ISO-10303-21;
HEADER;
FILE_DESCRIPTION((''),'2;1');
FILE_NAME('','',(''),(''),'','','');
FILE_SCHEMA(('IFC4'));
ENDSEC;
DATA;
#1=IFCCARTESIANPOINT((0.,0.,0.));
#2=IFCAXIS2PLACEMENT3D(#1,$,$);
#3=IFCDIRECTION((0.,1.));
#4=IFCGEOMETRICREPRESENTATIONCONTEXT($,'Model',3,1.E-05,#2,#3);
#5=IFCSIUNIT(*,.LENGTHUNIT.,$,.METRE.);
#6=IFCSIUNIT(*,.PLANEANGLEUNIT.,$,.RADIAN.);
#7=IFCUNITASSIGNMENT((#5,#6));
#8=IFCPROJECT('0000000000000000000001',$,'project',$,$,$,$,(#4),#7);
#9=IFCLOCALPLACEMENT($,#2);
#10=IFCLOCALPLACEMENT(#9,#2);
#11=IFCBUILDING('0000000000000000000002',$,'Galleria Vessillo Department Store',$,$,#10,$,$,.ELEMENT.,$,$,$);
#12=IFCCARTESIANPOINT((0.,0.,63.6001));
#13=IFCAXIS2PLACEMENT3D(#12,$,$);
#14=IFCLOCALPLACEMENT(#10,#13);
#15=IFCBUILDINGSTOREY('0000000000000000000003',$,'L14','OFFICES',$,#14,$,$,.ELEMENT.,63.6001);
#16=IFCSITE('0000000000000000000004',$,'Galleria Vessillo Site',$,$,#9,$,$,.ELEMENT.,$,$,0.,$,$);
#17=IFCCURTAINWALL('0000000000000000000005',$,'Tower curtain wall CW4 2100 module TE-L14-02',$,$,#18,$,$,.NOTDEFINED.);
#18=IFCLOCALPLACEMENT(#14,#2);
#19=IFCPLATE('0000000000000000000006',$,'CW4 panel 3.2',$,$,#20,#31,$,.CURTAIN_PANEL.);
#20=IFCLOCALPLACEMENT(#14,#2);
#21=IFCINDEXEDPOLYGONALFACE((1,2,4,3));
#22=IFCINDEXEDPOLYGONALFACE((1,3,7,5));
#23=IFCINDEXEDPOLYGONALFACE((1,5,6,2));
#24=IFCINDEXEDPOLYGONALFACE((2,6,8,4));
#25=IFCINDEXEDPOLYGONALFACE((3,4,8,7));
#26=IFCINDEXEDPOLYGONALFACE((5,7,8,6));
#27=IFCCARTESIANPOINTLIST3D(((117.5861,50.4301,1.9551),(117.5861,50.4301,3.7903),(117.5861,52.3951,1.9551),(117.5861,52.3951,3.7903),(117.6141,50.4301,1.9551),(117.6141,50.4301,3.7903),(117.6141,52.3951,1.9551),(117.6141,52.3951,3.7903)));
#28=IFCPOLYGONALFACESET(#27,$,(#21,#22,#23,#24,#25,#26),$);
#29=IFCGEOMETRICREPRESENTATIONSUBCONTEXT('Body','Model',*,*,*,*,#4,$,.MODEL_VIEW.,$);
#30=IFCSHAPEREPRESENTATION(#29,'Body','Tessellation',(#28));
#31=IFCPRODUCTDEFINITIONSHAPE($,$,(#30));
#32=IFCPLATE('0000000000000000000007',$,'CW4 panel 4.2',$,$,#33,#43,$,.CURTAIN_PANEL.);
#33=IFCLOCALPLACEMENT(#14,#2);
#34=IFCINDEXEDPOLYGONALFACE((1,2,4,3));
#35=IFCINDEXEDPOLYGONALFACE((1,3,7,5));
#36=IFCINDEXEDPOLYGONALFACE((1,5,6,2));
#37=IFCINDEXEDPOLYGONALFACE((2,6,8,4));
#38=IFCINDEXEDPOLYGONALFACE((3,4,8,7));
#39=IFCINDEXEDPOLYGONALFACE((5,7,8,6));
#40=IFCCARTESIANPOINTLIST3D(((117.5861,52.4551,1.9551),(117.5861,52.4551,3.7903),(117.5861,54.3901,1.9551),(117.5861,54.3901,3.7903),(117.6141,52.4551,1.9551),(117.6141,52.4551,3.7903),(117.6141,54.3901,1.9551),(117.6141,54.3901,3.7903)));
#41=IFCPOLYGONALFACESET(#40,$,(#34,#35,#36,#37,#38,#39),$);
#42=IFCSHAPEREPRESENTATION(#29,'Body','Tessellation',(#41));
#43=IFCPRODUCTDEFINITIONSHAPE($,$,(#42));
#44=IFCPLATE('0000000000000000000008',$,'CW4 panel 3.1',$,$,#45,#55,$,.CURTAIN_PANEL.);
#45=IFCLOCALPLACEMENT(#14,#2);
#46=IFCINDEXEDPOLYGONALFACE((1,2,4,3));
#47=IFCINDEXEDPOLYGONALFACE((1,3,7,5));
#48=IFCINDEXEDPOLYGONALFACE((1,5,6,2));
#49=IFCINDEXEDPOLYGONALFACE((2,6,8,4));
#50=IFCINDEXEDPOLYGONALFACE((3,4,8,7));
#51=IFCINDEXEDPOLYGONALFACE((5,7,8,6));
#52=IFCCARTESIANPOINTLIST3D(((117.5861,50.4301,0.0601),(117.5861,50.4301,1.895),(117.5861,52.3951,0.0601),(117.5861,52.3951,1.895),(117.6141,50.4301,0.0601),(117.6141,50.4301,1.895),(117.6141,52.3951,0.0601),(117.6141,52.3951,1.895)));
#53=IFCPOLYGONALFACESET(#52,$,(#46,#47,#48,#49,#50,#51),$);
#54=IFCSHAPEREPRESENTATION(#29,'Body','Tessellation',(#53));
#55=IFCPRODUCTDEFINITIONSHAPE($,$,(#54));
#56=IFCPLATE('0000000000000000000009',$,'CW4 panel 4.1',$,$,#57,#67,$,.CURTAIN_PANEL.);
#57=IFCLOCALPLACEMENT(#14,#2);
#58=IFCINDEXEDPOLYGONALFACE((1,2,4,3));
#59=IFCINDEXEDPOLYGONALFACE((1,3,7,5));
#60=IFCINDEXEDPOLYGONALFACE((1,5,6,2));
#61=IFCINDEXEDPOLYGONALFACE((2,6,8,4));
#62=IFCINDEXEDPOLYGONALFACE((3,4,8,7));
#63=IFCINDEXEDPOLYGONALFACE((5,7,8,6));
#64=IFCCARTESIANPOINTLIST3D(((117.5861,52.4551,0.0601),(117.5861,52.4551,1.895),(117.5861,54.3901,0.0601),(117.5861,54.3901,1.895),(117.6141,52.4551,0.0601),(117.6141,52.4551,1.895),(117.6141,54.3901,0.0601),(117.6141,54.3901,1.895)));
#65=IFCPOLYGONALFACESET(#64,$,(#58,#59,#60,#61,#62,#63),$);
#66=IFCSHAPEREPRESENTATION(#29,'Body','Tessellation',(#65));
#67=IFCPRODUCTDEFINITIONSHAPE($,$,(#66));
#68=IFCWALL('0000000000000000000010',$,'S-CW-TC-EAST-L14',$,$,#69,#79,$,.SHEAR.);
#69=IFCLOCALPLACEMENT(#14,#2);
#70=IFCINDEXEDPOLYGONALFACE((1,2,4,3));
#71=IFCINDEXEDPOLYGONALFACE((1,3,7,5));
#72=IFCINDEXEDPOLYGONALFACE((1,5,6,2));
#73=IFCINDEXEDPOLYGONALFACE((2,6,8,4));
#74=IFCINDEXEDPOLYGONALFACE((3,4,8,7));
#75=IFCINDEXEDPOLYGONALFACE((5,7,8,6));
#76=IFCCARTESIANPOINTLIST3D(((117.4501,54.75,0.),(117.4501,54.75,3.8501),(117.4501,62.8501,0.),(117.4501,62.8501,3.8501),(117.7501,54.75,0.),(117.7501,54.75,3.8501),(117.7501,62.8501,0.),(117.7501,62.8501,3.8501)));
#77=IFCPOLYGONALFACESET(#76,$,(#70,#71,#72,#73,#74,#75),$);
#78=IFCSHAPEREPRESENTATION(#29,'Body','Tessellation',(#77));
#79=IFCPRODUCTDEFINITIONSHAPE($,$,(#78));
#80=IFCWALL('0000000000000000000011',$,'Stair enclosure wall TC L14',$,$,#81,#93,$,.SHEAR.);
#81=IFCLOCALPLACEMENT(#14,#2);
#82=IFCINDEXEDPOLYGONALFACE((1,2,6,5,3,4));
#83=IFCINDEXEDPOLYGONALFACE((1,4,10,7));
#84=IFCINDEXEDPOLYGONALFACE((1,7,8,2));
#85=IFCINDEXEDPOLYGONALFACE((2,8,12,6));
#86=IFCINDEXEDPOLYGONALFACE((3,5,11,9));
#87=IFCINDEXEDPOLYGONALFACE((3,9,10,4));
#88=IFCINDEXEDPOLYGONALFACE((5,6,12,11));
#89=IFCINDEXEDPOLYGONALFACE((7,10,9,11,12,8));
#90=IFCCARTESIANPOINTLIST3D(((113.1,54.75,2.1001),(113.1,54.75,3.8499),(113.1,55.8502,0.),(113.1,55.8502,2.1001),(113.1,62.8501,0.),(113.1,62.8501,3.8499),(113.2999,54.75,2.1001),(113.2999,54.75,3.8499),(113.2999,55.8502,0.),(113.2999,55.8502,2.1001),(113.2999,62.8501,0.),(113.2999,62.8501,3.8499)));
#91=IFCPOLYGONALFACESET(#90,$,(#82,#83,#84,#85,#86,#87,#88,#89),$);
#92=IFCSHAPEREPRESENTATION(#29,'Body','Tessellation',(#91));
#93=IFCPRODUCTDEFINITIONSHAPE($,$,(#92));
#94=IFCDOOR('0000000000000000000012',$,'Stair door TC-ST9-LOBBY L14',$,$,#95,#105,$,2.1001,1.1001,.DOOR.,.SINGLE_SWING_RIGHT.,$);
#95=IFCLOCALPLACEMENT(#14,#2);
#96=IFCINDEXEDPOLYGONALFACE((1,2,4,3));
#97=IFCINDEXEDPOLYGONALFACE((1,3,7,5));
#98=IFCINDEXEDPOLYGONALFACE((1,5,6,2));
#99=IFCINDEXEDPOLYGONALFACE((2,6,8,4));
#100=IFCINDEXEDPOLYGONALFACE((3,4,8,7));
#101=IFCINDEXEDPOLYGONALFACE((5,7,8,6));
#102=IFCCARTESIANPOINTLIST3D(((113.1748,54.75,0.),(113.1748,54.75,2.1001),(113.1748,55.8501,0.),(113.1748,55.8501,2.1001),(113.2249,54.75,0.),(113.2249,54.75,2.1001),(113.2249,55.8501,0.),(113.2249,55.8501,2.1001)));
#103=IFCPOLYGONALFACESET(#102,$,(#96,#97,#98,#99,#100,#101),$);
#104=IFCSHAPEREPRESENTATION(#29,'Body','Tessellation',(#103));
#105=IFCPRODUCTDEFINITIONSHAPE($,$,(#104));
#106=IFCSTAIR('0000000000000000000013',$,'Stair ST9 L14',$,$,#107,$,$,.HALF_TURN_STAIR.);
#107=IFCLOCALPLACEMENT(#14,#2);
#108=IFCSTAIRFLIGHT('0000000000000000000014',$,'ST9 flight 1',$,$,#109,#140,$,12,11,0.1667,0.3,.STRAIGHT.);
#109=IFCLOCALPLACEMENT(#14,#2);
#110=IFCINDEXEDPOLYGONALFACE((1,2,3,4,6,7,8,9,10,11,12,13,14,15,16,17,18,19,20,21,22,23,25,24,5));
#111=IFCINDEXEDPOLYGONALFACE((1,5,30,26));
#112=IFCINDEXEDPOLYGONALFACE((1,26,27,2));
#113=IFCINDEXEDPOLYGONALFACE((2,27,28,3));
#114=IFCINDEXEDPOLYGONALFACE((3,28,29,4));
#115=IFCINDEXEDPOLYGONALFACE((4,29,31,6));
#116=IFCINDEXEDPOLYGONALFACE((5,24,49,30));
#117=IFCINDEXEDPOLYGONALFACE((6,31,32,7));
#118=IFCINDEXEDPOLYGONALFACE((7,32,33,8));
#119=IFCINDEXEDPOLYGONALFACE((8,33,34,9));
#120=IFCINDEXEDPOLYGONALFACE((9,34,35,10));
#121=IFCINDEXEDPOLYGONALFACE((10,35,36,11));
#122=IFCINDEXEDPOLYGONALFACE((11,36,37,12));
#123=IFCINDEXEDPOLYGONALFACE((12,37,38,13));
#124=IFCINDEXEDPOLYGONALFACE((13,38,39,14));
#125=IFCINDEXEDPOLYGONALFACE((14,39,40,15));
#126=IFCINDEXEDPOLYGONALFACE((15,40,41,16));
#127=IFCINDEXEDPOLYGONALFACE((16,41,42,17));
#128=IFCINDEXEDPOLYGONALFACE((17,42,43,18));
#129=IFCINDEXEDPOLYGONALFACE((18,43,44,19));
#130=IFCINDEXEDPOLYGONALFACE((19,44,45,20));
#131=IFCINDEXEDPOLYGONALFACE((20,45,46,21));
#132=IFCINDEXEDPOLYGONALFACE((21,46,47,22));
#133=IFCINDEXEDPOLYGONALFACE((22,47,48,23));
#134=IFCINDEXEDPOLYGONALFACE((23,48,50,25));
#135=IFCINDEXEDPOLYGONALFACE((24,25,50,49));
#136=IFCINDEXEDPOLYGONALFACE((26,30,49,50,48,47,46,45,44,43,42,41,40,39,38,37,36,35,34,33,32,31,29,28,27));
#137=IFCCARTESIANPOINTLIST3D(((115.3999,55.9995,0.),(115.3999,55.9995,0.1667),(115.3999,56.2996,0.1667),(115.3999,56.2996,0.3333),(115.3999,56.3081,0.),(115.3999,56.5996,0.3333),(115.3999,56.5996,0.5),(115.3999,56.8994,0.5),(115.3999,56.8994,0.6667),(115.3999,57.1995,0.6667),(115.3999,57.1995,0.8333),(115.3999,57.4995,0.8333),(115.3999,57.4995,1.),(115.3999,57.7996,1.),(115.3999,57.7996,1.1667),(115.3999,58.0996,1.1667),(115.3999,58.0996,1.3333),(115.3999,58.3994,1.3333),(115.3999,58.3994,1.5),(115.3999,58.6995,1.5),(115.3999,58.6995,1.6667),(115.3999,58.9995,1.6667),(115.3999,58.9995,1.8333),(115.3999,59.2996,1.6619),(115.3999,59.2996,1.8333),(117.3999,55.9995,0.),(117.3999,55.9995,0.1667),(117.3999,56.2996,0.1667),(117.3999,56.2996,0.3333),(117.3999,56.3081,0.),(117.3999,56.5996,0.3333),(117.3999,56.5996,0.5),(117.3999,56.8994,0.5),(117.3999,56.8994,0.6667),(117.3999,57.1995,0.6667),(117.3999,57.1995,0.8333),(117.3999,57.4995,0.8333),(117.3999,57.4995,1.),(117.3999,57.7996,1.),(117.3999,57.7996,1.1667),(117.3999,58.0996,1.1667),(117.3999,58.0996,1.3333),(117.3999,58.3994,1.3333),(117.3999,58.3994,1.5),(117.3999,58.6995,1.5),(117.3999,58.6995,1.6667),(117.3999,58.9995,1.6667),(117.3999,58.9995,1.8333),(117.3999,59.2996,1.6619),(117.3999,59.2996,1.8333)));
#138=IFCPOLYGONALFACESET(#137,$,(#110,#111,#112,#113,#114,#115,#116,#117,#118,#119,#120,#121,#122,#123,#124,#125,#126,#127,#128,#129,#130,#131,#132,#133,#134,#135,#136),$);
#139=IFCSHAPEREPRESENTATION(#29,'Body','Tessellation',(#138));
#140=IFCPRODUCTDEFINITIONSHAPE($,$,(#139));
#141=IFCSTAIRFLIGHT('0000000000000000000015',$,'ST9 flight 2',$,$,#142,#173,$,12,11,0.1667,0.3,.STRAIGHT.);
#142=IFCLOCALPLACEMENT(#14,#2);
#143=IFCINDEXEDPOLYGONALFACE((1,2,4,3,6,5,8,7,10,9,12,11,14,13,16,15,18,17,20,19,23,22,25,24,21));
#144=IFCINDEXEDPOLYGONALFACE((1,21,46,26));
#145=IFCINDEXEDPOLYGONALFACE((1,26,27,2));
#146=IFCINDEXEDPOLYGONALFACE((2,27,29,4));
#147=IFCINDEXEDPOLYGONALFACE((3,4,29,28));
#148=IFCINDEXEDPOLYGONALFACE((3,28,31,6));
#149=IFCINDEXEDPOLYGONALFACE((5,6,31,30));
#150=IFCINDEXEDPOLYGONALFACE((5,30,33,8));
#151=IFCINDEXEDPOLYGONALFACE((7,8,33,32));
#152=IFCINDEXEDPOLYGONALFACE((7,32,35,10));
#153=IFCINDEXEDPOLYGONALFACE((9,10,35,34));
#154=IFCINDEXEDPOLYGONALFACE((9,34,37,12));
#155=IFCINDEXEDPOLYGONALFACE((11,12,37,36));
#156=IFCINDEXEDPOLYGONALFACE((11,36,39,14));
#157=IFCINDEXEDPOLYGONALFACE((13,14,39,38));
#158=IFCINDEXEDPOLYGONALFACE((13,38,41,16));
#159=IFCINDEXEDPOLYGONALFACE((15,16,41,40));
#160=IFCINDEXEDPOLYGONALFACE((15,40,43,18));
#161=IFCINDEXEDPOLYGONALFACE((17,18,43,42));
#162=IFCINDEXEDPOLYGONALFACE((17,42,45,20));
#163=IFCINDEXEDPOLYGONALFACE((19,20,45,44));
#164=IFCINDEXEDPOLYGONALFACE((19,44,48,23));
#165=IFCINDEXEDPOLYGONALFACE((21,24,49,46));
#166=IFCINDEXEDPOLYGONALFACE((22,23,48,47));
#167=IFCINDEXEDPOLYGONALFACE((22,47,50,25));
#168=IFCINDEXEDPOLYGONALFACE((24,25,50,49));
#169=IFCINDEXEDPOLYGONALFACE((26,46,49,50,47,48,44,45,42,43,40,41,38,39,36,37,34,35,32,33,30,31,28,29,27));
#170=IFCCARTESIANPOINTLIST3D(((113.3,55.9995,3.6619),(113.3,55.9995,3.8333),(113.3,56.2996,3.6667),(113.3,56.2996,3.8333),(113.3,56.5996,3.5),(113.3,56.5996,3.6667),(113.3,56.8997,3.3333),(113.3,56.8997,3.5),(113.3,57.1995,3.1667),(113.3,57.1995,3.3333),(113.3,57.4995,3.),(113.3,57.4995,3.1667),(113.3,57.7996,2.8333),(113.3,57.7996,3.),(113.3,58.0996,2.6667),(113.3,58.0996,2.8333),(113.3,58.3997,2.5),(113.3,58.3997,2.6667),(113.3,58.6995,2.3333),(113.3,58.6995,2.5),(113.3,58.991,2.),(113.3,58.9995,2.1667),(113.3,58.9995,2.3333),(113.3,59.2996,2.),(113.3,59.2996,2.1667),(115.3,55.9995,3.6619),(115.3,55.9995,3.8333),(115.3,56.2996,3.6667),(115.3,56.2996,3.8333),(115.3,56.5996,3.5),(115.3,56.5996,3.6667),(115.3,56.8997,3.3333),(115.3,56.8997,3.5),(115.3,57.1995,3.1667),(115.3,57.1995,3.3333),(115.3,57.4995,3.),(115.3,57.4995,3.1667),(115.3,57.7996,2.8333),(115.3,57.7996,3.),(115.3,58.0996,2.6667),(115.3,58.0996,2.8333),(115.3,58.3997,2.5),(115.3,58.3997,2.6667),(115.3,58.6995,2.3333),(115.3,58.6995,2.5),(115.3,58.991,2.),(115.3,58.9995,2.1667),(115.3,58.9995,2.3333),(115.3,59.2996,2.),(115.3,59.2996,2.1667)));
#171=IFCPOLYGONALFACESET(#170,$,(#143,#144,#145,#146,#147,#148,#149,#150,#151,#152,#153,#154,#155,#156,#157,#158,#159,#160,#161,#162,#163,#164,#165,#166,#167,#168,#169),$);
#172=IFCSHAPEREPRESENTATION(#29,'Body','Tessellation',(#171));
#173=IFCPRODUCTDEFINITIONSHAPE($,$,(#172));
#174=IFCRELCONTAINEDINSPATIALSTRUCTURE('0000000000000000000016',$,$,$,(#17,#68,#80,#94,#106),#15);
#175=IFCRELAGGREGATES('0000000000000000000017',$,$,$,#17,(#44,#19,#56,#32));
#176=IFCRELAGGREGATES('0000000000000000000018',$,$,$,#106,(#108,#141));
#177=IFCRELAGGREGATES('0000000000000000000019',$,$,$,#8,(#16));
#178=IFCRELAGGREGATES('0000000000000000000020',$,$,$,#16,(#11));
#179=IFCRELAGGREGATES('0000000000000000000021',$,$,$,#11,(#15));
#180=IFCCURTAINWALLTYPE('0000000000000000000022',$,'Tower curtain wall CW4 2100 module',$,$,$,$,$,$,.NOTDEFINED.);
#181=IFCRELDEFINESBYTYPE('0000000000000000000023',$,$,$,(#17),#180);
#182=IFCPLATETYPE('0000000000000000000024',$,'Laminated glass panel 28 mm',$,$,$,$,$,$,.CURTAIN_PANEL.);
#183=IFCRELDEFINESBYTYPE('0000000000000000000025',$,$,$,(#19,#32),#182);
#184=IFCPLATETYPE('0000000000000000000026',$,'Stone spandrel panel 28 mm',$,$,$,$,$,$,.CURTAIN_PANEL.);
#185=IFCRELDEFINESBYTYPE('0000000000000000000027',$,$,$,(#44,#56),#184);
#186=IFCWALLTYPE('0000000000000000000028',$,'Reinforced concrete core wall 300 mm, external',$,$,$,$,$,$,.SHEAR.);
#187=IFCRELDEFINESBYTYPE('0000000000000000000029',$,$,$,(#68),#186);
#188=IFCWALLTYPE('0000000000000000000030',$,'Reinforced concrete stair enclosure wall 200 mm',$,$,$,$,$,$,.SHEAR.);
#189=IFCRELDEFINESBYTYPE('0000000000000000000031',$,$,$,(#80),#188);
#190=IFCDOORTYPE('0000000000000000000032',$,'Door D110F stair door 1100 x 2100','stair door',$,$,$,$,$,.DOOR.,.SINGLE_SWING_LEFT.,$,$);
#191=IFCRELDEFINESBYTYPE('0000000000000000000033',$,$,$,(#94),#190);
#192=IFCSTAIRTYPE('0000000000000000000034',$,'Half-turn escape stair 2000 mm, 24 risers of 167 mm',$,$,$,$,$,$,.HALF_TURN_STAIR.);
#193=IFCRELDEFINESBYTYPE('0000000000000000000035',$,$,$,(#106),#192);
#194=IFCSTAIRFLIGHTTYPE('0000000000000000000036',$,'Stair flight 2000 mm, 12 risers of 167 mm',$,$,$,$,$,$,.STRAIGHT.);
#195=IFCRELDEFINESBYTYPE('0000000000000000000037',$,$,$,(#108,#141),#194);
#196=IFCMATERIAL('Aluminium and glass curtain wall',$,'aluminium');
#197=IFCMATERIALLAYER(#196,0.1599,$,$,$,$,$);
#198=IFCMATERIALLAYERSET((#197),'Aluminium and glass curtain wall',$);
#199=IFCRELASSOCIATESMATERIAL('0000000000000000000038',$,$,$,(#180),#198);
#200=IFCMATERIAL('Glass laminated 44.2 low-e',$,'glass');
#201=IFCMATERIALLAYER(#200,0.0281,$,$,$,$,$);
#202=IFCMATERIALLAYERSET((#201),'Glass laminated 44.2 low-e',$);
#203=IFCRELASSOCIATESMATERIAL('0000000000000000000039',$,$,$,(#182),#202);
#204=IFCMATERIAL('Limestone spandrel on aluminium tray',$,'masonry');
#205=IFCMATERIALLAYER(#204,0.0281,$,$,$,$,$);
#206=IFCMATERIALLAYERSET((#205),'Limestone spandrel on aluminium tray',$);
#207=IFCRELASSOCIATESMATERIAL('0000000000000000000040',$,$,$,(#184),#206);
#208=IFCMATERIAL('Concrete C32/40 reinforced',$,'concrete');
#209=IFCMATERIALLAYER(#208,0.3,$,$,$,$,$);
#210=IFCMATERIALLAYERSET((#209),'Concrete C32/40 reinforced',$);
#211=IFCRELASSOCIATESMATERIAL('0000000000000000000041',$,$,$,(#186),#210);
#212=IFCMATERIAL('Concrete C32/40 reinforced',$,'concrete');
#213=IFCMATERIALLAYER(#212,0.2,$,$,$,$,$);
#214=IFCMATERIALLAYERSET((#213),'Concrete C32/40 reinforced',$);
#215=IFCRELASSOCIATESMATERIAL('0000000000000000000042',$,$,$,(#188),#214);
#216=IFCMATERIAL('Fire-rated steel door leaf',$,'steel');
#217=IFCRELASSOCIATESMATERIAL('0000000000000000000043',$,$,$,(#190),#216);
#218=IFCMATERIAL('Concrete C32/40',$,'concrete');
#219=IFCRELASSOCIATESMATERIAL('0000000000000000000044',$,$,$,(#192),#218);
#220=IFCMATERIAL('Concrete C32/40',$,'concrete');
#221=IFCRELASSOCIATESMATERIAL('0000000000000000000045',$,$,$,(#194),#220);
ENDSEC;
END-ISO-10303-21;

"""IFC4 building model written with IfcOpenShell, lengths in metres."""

from ifc_helpers import new_model, si_unit, direction, frame, frame_2d, origin, origin_2d, place, context, subcontext, project, spatial, polyline, rectangle, outline, extrude, material, layer, layer_set, type_object, element, fill, aggregate, save


model = new_model("IFC4")

# Units and contexts
model_context = context("Model", 3, precision=1e-05, world=origin(), true_north=direction((0.0, 1.0)))
body_context = subcontext(model_context, "Body", "Model", "MODEL_VIEW")
ifc_project = project(units=[si_unit("LENGTHUNIT", "METRE"), si_unit("PLANEANGLEUNIT", "RADIAN")], contexts=[model_context])

# Site, building, storey
site_placement = place(None, origin())
site = spatial("IfcSite", under=ifc_project, at=site_placement, Name="Galleria Vessillo Site", CompositionType="ELEMENT", RefElevation=0.0)
building_placement = place(site_placement, origin())
building = spatial("IfcBuilding", under=site, at=building_placement, Name="Galleria Vessillo Department Store", CompositionType="ELEMENT")
storey_placement = place(building_placement, frame((0.0, 0.0, 63.6001)))
storey = spatial("IfcBuildingStorey", under=building, at=storey_placement, Name="L14", Description="OFFICES", CompositionType="ELEMENT", Elevation=63.6001)

# Curtain wall, plates
ifc_material_1 = material(Name="Aluminium and glass curtain wall", Category="aluminium")
ifc_layer_1 = layer(ifc_material_1, 0.1599)
ifc_layer_set_1 = layer_set([ifc_layer_1], Name="Aluminium and glass curtain wall")
curtain_wall_type = type_object("IfcCurtainWallType", Name="Tower curtain wall CW4 2100 module", PredefinedType="NOTDEFINED", material=ifc_layer_set_1)
curtain_wall_placement = place(storey_placement, origin())
curtain_wall = element("IfcCurtainWall", 1, at=curtain_wall_placement, inside=storey, type_object=curtain_wall_type, Name="Tower curtain wall CW4 2100 module TE-L14-02", PredefinedType="NOTDEFINED")
ifc_material_2 = material(Name="Glass laminated 44.2 low-e", Category="glass")
ifc_layer_2 = layer(ifc_material_2, 0.0281)
ifc_layer_set_2 = layer_set([ifc_layer_2], Name="Glass laminated 44.2 low-e")
plate_type_1 = type_object("IfcPlateType", Name="Laminated glass panel 28 mm", PredefinedType="CURTAIN_PANEL", material=ifc_layer_set_2)
plate_1_placement = place(storey_placement, frame((117.6001, 51.4126, 1.9551), z_axis=(0.0, 0.0, 1.0), x_axis=(0.0, 1.0, 0.0)))
plate_1 = element("IfcPlate", 2, at=plate_1_placement, type_object=plate_type_1, Name="CW4 panel 3.2", PredefinedType="CURTAIN_PANEL", context=body_context, shape_type="SweptSolid", body=[
    extrude(rectangle(XDim=1.9651, YDim=0.0281, at=origin_2d()), origin(), (0.0, 0.0, 1.0), 1.8352),
])
plate_2_placement = place(storey_placement, frame((117.6001, 53.4226, 1.9551), z_axis=(0.0, 0.0, 1.0), x_axis=(0.0, 1.0, 0.0)))
plate_2 = element("IfcPlate", 3, at=plate_2_placement, type_object=plate_type_1, Name="CW4 panel 4.2", PredefinedType="CURTAIN_PANEL", context=body_context, shape_type="SweptSolid", body=[
    extrude(rectangle(XDim=1.9351, YDim=0.0281, at=origin_2d()), origin(), (0.0, 0.0, 1.0), 1.8352),
])
ifc_material_3 = material(Name="Limestone spandrel on aluminium tray", Category="masonry")
ifc_layer_3 = layer(ifc_material_3, 0.0281)
ifc_layer_set_3 = layer_set([ifc_layer_3], Name="Limestone spandrel on aluminium tray")
plate_type_2 = type_object("IfcPlateType", Name="Stone spandrel panel 28 mm", PredefinedType="CURTAIN_PANEL", material=ifc_layer_set_3)
plate_3_placement = place(storey_placement, frame((117.6001, 51.4126, 0.0601), z_axis=(0.0, 0.0, 1.0), x_axis=(0.0, 1.0, 0.0)))
plate_3 = element("IfcPlate", 4, at=plate_3_placement, type_object=plate_type_2, Name="CW4 panel 3.1", PredefinedType="CURTAIN_PANEL", context=body_context, shape_type="SweptSolid", body=[
    extrude(rectangle(XDim=1.9651, YDim=0.0281, at=origin_2d()), origin(), (0.0, 0.0, 1.0), 1.835),
])
plate_4_placement = place(storey_placement, frame((117.6001, 53.4226, 0.0601), z_axis=(0.0, 0.0, 1.0), x_axis=(0.0, 1.0, 0.0)))
plate_4 = element("IfcPlate", 5, at=plate_4_placement, type_object=plate_type_2, Name="CW4 panel 4.1", PredefinedType="CURTAIN_PANEL", context=body_context, shape_type="SweptSolid", body=[
    extrude(rectangle(XDim=1.9351, YDim=0.0281, at=origin_2d()), origin(), (0.0, 0.0, 1.0), 1.835),
])
aggregate(curtain_wall, [plate_3, plate_1, plate_4, plate_2])

# Wall
ifc_material_4 = material(Name="Concrete C32/40 reinforced", Category="concrete")
ifc_layer_4 = layer(ifc_material_4, 0.3)
ifc_layer_set_4 = layer_set([ifc_layer_4], Name="Concrete C32/40 reinforced")
wall_type_1 = type_object("IfcWallType", Name="Reinforced concrete core wall 300 mm, external", PredefinedType="SHEAR", material=ifc_layer_set_4)
wall_1_placement = place(storey_placement, frame((117.6001, 54.75, 0.0), z_axis=(0.0, 0.0, 1.0), x_axis=(0.0, 1.0, 0.0)))
element("IfcWall", 6, at=wall_1_placement, inside=storey, type_object=wall_type_1, Name="S-CW-TC-EAST-L14", PredefinedType="SHEAR", context=body_context, shape_type="SweptSolid", body=[
    extrude(rectangle(XDim=8.1001, YDim=0.3, at=frame_2d((4.05, 0.0))), origin(), (0.0, 0.0, 1.0), 3.8501),
])

# Wall, opening, door
ifc_material_5 = material(Name="Concrete C32/40 reinforced", Category="concrete")
ifc_layer_5 = layer(ifc_material_5, 0.2)
ifc_layer_set_5 = layer_set([ifc_layer_5], Name="Concrete C32/40 reinforced")
wall_type_2 = type_object("IfcWallType", Name="Reinforced concrete stair enclosure wall 200 mm", PredefinedType="SHEAR", material=ifc_layer_set_5)
wall_2_placement = place(storey_placement, frame((113.2, 62.8501, 0.0), z_axis=(0.0, 0.0, 1.0), x_axis=(0.0, -1.0, 0.0)))
wall_2 = element("IfcWall", 7, at=wall_2_placement, inside=storey, type_object=wall_type_2, Name="Stair enclosure wall TC L14", PredefinedType="SHEAR", context=body_context, shape_type="SweptSolid", body=[
    extrude(rectangle(XDim=8.1001, YDim=0.2, at=frame_2d((4.05, 0.0))), origin(), (0.0, 0.0, 1.0), 3.8499),
])
opening_placement = place(wall_2_placement, frame((7.0, 0.0, 0.0)))
opening = element("IfcOpeningElement", 8, at=opening_placement, cuts=wall_2, PredefinedType="OPENING", context=body_context, shape_type="SweptSolid", body=[
    extrude(rectangle(XDim=1.1101, YDim=2.1001, at=frame_2d((0.5549, 1.05))), frame((0.0, 0.1099, 0.0), z_axis=(0.0, -1.0, 0.0), x_axis=(1.0, 0.0, 0.0)), (0.0, 0.0, 1.0), 0.22),
])
ifc_material_6 = material(Name="Fire-rated steel door leaf", Category="steel")
door_type = type_object("IfcDoorType", Name="Door D110F stair door 1100 x 2100", Description="stair door", OperationType="SINGLE_SWING_LEFT", PredefinedType="DOOR", material=ifc_material_6)
door_placement = place(opening_placement, origin())
door = element("IfcDoor", 9, at=door_placement, inside=storey, type_object=door_type, Name="Stair door TC-ST9-LOBBY L14", OperationType="SINGLE_SWING_RIGHT", OverallHeight=2.1001, OverallWidth=1.1001, PredefinedType="DOOR", context=body_context, shape_type="SweptSolid", body=[
    extrude(rectangle(XDim=1.1001, YDim=2.1001, at=frame_2d((0.55, 1.05))), frame((0.0, 0.0249, 0.0), z_axis=(0.0, -1.0, 0.0), x_axis=(1.0, 0.0, 0.0)), (0.0, 0.0, 1.0), 0.05),
])
fill(opening, door)

# Stair, stair flights
ifc_material_7 = material(Name="Concrete C32/40", Category="concrete")
stair_type = type_object("IfcStairType", Name="Half-turn escape stair 2000 mm, 24 risers of 167 mm", PredefinedType="HALF_TURN_STAIR", material=ifc_material_7)
stair_placement = place(storey_placement, origin())
stair = element("IfcStair", 10, at=stair_placement, inside=storey, type_object=stair_type, Name="Stair ST9 L14", PredefinedType="HALF_TURN_STAIR")
ifc_material_8 = material(Name="Concrete C32/40", Category="concrete")
stair_flight_type = type_object("IfcStairFlightType", Name="Stair flight 2000 mm, 12 risers of 167 mm", PredefinedType="STRAIGHT", material=ifc_material_8)
stair_flight_1_placement = place(storey_placement, frame((116.3999, 55.9995, 0.0), z_axis=(0.0, 0.0, 1.0), x_axis=(0.0, 1.0, 0.0)))
stair_flight_1 = element("IfcStairFlight", 11, at=stair_flight_1_placement, type_object=stair_flight_type, Name="ST9 flight 1", NumberOfRisers=12, NumberOfTreads=11, PredefinedType="STRAIGHT", RiserHeight=0.1667, TreadLength=0.3, context=body_context, shape_type="SweptSolid", body=[
    extrude(outline(polyline([(0.0, 0.0), (0.0, 0.1667), (0.3, 0.1667), (0.3, 0.3333), (0.6001, 0.3333), (0.6001, 0.5), (0.8999, 0.5), (0.8999, 0.6667), (1.2, 0.6667), (1.2, 0.8333), (1.5, 0.8333), (1.5, 1.0), (1.8, 1.0), (1.8, 1.1667), (2.1001, 1.1667), (2.1001, 1.3333), (2.3999, 1.3333), (2.3999, 1.5), (2.7, 1.5), (2.7, 1.6667), (3.0, 1.6667), (3.0, 1.8333), (3.3, 1.8333), (3.3, 2.0), (3.3, 1.6619), (0.3086, 0.0), (0.0, 0.0)])), frame((0.0, 1.0, 0.0), z_axis=(0.0, -1.0, 0.0), x_axis=(1.0, 0.0, 0.0)), (0.0, 0.0, 1.0), 2.0),
])
stair_flight_2_placement = place(storey_placement, frame((114.3, 59.2996, 2.0), z_axis=(0.0, 0.0, 1.0), x_axis=(0.0, -1.0, 0.0)))
stair_flight_2 = element("IfcStairFlight", 12, at=stair_flight_2_placement, type_object=stair_flight_type, Name="ST9 flight 2", NumberOfRisers=12, NumberOfTreads=11, PredefinedType="STRAIGHT", RiserHeight=0.1667, TreadLength=0.3, context=body_context, shape_type="SweptSolid", body=[
    extrude(outline(polyline([(0.0, 0.0), (0.0, 0.1667), (0.3, 0.1667), (0.3, 0.3333), (0.6001, 0.3333), (0.6001, 0.5), (0.8999, 0.5), (0.8999, 0.6667), (1.2, 0.6667), (1.2, 0.8333), (1.5, 0.8333), (1.5, 1.0), (1.8, 1.0), (1.8, 1.1667), (2.1001, 1.1667), (2.1001, 1.3333), (2.3999, 1.3333), (2.3999, 1.5), (2.7, 1.5), (2.7, 1.6667), (3.0, 1.6667), (3.0, 1.8333), (3.3, 1.8333), (3.3, 2.0), (3.3, 1.6619), (0.3086, 0.0), (0.0, 0.0)])), frame((0.0, 1.0, 0.0), z_axis=(0.0, -1.0, 0.0), x_axis=(1.0, 0.0, 0.0)), (0.0, 0.0, 1.0), 2.0),
])
aggregate(stair, [stair_flight_1, stair_flight_2])

save(model, "model.ifc")
